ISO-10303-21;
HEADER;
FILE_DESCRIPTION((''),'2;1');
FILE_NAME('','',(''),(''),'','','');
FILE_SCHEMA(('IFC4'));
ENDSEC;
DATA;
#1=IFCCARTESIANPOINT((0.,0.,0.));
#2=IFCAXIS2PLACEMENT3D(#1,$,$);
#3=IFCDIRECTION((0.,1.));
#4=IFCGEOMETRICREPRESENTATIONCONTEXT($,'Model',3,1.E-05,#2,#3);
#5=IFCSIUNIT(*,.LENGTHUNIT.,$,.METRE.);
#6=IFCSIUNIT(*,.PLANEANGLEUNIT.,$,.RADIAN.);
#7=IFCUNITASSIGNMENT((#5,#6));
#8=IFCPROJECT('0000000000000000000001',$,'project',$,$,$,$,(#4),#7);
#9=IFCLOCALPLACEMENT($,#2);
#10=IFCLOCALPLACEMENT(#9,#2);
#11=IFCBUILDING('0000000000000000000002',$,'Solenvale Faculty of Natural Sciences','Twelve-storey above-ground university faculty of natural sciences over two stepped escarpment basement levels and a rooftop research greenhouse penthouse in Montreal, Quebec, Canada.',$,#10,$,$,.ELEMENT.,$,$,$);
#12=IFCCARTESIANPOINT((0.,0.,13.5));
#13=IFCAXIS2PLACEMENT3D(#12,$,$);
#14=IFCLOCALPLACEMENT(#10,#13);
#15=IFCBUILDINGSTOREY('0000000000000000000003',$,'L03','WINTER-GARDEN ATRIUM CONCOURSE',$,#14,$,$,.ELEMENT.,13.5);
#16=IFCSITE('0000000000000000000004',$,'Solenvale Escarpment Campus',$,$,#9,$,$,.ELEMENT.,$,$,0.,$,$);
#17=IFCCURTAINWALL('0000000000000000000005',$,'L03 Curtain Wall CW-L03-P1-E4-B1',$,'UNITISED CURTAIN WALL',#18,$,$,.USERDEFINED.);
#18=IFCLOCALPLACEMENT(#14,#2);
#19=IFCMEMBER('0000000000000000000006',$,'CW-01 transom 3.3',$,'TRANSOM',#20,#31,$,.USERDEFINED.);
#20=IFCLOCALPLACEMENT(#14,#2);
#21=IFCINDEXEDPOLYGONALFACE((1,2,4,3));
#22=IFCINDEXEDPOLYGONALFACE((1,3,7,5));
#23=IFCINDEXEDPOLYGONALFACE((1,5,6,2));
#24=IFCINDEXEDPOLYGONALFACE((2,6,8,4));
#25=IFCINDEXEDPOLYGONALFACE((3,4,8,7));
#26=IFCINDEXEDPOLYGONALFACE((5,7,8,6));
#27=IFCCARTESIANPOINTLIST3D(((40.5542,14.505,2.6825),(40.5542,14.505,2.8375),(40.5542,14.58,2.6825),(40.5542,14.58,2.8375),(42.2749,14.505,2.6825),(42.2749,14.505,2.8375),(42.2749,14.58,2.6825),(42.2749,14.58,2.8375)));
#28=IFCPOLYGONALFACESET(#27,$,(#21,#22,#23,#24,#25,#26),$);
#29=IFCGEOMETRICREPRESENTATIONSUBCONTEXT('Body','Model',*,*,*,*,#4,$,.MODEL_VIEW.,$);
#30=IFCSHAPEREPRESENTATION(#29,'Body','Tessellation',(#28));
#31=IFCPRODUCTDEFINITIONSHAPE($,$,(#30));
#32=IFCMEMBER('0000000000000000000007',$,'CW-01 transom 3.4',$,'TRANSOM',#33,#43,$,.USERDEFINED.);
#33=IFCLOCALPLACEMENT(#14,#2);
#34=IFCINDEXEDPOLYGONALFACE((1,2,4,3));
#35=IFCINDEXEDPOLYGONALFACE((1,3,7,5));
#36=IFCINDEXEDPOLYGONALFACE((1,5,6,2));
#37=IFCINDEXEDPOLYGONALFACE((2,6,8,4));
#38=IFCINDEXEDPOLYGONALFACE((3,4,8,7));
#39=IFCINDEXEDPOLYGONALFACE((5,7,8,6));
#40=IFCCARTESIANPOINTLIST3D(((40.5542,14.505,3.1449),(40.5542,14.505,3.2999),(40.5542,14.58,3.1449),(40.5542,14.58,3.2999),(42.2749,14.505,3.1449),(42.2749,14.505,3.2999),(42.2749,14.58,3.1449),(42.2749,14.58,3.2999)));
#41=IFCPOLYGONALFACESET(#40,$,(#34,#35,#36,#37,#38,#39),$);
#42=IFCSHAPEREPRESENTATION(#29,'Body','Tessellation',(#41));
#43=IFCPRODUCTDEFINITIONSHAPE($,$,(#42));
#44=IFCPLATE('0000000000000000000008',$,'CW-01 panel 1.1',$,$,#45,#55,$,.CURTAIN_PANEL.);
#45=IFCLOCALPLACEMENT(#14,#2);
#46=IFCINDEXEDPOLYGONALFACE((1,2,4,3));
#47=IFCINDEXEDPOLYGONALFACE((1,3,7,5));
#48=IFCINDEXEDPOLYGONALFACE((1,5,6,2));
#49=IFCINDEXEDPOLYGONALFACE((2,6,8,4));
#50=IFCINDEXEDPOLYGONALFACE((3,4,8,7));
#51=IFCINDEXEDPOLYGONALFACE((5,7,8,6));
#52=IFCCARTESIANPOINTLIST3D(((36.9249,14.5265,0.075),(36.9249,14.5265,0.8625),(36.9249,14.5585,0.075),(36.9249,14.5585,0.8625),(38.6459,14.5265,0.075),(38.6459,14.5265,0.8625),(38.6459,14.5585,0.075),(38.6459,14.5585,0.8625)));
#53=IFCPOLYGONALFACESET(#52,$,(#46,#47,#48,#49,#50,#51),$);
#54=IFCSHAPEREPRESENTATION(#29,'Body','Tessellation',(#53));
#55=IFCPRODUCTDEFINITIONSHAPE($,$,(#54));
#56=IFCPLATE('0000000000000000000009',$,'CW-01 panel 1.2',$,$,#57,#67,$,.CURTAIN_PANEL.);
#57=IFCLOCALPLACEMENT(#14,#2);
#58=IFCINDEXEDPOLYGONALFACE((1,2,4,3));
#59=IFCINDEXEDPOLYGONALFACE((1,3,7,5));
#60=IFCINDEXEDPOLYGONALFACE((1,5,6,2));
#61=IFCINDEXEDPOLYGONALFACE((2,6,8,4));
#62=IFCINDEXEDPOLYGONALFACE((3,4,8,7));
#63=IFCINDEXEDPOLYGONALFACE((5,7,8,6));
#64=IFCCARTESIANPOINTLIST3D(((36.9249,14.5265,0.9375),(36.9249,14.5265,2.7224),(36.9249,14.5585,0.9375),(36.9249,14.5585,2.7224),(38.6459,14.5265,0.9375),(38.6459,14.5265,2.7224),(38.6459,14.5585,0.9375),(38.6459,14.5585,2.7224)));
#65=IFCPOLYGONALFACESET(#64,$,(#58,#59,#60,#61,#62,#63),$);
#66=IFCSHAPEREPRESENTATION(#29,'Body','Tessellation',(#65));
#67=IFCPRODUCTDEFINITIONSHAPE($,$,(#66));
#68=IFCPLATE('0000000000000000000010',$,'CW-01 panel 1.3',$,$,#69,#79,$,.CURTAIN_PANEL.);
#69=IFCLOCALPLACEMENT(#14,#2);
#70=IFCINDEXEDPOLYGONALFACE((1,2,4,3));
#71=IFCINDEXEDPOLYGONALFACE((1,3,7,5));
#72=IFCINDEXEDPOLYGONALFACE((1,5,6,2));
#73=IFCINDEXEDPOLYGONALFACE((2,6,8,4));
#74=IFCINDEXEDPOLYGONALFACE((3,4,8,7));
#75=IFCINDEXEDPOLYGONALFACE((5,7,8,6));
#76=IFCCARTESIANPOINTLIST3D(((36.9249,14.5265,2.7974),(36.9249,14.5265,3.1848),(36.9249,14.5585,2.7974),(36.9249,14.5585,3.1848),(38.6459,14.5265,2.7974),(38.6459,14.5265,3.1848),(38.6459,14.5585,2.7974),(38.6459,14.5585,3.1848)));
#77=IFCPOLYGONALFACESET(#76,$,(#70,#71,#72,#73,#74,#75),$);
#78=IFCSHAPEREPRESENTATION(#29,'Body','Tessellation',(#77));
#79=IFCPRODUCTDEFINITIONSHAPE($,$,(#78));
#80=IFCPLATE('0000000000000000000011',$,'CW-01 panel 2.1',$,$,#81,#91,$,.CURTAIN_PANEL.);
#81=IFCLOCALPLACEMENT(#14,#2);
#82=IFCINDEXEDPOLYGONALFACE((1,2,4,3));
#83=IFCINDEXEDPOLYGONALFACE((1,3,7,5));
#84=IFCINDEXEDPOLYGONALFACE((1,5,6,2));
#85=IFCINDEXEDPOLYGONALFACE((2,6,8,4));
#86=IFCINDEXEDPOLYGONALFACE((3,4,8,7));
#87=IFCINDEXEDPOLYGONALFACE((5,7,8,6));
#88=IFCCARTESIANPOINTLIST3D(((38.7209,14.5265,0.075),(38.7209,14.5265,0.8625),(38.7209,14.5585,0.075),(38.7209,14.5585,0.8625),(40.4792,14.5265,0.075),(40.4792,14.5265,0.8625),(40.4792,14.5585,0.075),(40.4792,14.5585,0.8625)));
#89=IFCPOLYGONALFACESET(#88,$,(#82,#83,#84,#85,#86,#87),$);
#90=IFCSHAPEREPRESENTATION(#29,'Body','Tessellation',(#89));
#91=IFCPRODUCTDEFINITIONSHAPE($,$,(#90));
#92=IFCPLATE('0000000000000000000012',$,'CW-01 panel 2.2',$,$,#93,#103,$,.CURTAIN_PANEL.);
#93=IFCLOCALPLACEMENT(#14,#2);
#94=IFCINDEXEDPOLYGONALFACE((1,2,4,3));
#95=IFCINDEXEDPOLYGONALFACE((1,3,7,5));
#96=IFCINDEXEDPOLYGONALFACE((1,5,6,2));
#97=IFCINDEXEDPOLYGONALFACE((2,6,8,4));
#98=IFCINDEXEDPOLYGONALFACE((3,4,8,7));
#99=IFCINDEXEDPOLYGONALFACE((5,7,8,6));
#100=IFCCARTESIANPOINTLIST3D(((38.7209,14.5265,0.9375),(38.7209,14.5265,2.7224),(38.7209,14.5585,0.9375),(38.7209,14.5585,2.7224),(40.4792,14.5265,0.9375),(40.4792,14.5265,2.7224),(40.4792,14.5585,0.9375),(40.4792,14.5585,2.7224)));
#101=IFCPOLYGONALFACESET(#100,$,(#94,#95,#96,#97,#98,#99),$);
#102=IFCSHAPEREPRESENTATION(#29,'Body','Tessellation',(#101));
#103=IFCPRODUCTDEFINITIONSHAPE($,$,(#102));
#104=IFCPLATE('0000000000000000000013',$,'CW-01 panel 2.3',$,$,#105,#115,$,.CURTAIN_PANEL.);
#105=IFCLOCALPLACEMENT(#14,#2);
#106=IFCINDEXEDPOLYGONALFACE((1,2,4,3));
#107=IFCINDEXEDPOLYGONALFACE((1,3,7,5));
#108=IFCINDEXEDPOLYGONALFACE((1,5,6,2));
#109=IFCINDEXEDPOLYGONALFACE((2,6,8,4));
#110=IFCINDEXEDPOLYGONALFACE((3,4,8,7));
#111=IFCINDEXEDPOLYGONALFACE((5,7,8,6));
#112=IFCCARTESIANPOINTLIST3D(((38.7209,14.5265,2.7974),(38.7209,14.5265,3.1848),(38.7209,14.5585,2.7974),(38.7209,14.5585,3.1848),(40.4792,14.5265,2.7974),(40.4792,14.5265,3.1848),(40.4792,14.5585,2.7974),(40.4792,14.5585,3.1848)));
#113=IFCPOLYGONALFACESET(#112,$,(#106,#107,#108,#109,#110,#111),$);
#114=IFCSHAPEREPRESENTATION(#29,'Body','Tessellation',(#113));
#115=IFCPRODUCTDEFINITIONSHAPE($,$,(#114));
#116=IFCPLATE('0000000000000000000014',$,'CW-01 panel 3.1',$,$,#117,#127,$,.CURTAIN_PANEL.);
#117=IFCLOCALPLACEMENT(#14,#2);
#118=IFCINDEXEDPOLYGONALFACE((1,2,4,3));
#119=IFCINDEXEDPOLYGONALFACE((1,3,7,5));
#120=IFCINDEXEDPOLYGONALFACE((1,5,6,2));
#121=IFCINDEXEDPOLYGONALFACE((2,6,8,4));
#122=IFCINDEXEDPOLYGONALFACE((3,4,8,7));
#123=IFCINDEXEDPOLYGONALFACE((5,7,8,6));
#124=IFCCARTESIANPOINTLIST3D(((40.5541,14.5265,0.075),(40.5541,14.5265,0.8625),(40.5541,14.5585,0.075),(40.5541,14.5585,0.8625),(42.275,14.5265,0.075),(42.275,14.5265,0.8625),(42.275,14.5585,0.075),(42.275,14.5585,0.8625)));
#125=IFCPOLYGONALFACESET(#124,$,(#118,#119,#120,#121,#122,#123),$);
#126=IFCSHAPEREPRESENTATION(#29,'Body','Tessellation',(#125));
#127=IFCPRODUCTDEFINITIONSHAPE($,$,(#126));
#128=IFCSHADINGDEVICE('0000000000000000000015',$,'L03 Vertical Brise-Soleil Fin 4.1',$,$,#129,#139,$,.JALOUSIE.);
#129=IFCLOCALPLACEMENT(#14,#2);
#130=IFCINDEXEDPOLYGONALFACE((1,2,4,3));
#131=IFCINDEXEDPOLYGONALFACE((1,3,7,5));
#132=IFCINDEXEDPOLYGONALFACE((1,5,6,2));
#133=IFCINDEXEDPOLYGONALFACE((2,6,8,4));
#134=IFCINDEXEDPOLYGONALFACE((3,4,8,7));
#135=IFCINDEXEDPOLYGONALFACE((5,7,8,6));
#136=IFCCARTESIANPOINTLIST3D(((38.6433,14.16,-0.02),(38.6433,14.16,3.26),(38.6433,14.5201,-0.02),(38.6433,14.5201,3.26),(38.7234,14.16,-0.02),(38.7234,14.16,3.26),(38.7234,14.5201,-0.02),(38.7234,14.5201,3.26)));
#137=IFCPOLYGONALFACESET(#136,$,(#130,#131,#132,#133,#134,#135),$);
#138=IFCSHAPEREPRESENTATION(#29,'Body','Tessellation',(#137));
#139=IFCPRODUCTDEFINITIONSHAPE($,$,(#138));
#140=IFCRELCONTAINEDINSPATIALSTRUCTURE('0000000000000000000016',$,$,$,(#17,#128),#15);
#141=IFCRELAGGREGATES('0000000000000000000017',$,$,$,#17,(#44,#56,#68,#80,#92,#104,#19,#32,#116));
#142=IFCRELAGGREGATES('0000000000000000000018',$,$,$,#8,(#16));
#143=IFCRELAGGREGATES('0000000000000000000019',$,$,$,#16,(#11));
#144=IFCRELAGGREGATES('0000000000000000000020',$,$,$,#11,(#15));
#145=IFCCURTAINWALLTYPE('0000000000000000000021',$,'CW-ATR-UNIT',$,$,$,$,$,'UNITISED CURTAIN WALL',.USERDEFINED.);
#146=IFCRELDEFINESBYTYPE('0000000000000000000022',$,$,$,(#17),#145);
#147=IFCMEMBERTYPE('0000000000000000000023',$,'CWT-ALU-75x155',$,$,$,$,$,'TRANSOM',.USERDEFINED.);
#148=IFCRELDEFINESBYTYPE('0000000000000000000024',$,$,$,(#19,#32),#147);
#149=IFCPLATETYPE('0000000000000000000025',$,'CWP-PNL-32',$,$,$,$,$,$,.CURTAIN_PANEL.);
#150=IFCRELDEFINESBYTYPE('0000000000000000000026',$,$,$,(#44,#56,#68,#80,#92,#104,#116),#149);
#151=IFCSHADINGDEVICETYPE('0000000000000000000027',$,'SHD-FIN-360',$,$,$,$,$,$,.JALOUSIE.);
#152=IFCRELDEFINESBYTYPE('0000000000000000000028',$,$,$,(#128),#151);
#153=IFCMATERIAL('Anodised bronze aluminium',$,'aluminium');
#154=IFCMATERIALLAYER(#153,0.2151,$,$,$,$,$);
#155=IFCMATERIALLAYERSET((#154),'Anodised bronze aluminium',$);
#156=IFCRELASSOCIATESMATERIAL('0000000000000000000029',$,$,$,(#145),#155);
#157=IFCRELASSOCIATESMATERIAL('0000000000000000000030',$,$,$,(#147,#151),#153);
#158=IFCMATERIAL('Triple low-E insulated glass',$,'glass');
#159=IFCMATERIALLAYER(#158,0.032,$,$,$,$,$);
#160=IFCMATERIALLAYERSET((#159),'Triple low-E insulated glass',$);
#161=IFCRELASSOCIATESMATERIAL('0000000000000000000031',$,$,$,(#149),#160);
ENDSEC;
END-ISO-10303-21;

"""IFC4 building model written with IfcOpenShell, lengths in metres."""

from ifc_helpers import new_model, si_unit, direction, frame, origin, origin_2d, place, context, subcontext, project, spatial, rectangle, extrude, material, layer, layer_set, material_profile, profile_set, type_object, element, aggregate, save


model = new_model("IFC4")

# Units and contexts
model_context = context("Model", 3, precision=1e-05, world=origin(), true_north=direction((0.0, 1.0)))
body_context = subcontext(model_context, "Body", "Model", "MODEL_VIEW")
ifc_project = project(units=[si_unit("LENGTHUNIT", "METRE"), si_unit("PLANEANGLEUNIT", "RADIAN")], contexts=[model_context])

# Site, building, storey
site_placement = place(None, origin())
site = spatial("IfcSite", under=ifc_project, at=site_placement, Name="Solenvale Escarpment Campus", CompositionType="ELEMENT", RefElevation=0.0)
building_placement = place(site_placement, origin())
building = spatial("IfcBuilding", under=site, at=building_placement, Name="Solenvale Faculty of Natural Sciences", Description="Twelve-storey above-ground university faculty of natural sciences over two stepped escarpment basement levels and a rooftop research greenhouse penthouse in Montreal, Quebec, Canada.", CompositionType="ELEMENT")
storey_placement = place(building_placement, frame((0.0, 0.0, 13.5)))
storey = spatial("IfcBuildingStorey", under=building, at=storey_placement, Name="L03", Description="WINTER-GARDEN ATRIUM CONCOURSE", CompositionType="ELEMENT", Elevation=13.5)

# Curtain wall, members, plates
ifc_material_1 = material(Name="Anodised bronze aluminium", Category="aluminium")
ifc_layer_1 = layer(ifc_material_1, 0.2151)
ifc_layer_set_1 = layer_set([ifc_layer_1], Name="Anodised bronze aluminium")
curtain_wall_type = type_object("IfcCurtainWallType", Name="CW-ATR-UNIT", ElementType="UNITISED CURTAIN WALL", PredefinedType="USERDEFINED", material=ifc_layer_set_1)
curtain_wall_placement = place(storey_placement, origin())
curtain_wall = element("IfcCurtainWall", 1, at=curtain_wall_placement, inside=storey, type_object=curtain_wall_type, Name="L03 Curtain Wall CW-L03-P1-E4-B1", ObjectType="UNITISED CURTAIN WALL", PredefinedType="USERDEFINED")
ifc_material_profile_1 = material_profile(ifc_material_1, rectangle(XDim=0.075, YDim=0.155, at=origin_2d()), Name="ALU-TRN-75x155")
ifc_profile_set_1 = profile_set([ifc_material_profile_1], Name="Anodised bronze aluminium")
member_type_1 = type_object("IfcMemberType", Name="CWT-ALU-75x155", ElementType="TRANSOM", PredefinedType="USERDEFINED", material=ifc_profile_set_1)
member_1_placement = place(storey_placement, frame((40.5542, 14.5425, 2.76), z_axis=(1.0, 0.0, 0.0), x_axis=(0.0, 1.0, 0.0)))
member_1 = element("IfcMember", 2, at=member_1_placement, type_object=member_type_1, Name="CW-01 transom 3.3", ObjectType="TRANSOM", PredefinedType="USERDEFINED", context=body_context, shape_type="SweptSolid", body=[
    extrude(rectangle(XDim=0.075, YDim=0.155, at=origin_2d()), origin(), (0.0, 0.0, 1.0), 1.7207),
])
member_2_placement = place(storey_placement, frame((40.5542, 14.5425, 3.2224), z_axis=(1.0, 0.0, 0.0), x_axis=(0.0, 1.0, 0.0)))
member_2 = element("IfcMember", 3, at=member_2_placement, type_object=member_type_1, Name="CW-01 transom 3.4", ObjectType="TRANSOM", PredefinedType="USERDEFINED", context=body_context, shape_type="SweptSolid", body=[
    extrude(rectangle(XDim=0.075, YDim=0.155, at=origin_2d()), origin(), (0.0, 0.0, 1.0), 1.7207),
])
ifc_material_2 = material(Name="Triple low-E insulated glass", Category="glass")
ifc_layer_2 = layer(ifc_material_2, 0.032)
ifc_layer_set_2 = layer_set([ifc_layer_2], Name="Triple low-E insulated glass")
plate_type = type_object("IfcPlateType", Name="CWP-PNL-32", PredefinedType="CURTAIN_PANEL", material=ifc_layer_set_2)
plate_1_placement = place(storey_placement, frame((37.7854, 14.5425, 0.075), z_axis=(0.0, 0.0, 1.0), x_axis=(1.0, 0.0, 0.0)))
plate_1 = element("IfcPlate", 4, at=plate_1_placement, type_object=plate_type, Name="CW-01 panel 1.1", PredefinedType="CURTAIN_PANEL", context=body_context, shape_type="SweptSolid", body=[
    extrude(rectangle(XDim=1.7209, YDim=0.032, at=origin_2d()), origin(), (0.0, 0.0, 1.0), 0.7876),
])
plate_2_placement = place(storey_placement, frame((37.7854, 14.5425, 0.9375), z_axis=(0.0, 0.0, 1.0), x_axis=(1.0, 0.0, 0.0)))
plate_2 = element("IfcPlate", 5, at=plate_2_placement, type_object=plate_type, Name="CW-01 panel 1.2", PredefinedType="CURTAIN_PANEL", context=body_context, shape_type="SweptSolid", body=[
    extrude(rectangle(XDim=1.7209, YDim=0.032, at=origin_2d()), origin(), (0.0, 0.0, 1.0), 1.7849),
])
plate_3_placement = place(storey_placement, frame((37.7854, 14.5425, 2.7974), z_axis=(0.0, 0.0, 1.0), x_axis=(1.0, 0.0, 0.0)))
plate_3 = element("IfcPlate", 6, at=plate_3_placement, type_object=plate_type, Name="CW-01 panel 1.3", PredefinedType="CURTAIN_PANEL", context=body_context, shape_type="SweptSolid", body=[
    extrude(rectangle(XDim=1.7209, YDim=0.032, at=origin_2d()), origin(), (0.0, 0.0, 1.0), 0.3875),
])
plate_4_placement = place(storey_placement, frame((39.6001, 14.5425, 0.075), z_axis=(0.0, 0.0, 1.0), x_axis=(1.0, 0.0, 0.0)))
plate_4 = element("IfcPlate", 7, at=plate_4_placement, type_object=plate_type, Name="CW-01 panel 2.1", PredefinedType="CURTAIN_PANEL", context=body_context, shape_type="SweptSolid", body=[
    extrude(rectangle(XDim=1.7583, YDim=0.032, at=origin_2d()), origin(), (0.0, 0.0, 1.0), 0.7876),
])
plate_5_placement = place(storey_placement, frame((39.6001, 14.5425, 0.9375), z_axis=(0.0, 0.0, 1.0), x_axis=(1.0, 0.0, 0.0)))
plate_5 = element("IfcPlate", 8, at=plate_5_placement, type_object=plate_type, Name="CW-01 panel 2.2", PredefinedType="CURTAIN_PANEL", context=body_context, shape_type="SweptSolid", body=[
    extrude(rectangle(XDim=1.7583, YDim=0.032, at=origin_2d()), origin(), (0.0, 0.0, 1.0), 1.7849),
])
plate_6_placement = place(storey_placement, frame((39.6001, 14.5425, 2.7974), z_axis=(0.0, 0.0, 1.0), x_axis=(1.0, 0.0, 0.0)))
plate_6 = element("IfcPlate", 9, at=plate_6_placement, type_object=plate_type, Name="CW-01 panel 2.3", PredefinedType="CURTAIN_PANEL", context=body_context, shape_type="SweptSolid", body=[
    extrude(rectangle(XDim=1.7583, YDim=0.032, at=origin_2d()), origin(), (0.0, 0.0, 1.0), 0.3875),
])
plate_7_placement = place(storey_placement, frame((41.4146, 14.5425, 0.075), z_axis=(0.0, 0.0, 1.0), x_axis=(1.0, 0.0, 0.0)))
plate_7 = element("IfcPlate", 10, at=plate_7_placement, type_object=plate_type, Name="CW-01 panel 3.1", PredefinedType="CURTAIN_PANEL", context=body_context, shape_type="SweptSolid", body=[
    extrude(rectangle(XDim=1.7209, YDim=0.032, at=origin_2d()), origin(), (0.0, 0.0, 1.0), 0.7876),
])
aggregate(curtain_wall, [plate_1, plate_2, plate_3, plate_4, plate_5, plate_6, member_1, member_2, plate_7])

# Shading device
ifc_material_profile_2 = material_profile(ifc_material_1, rectangle(XDim=0.0801, YDim=0.3601, at=origin_2d()), Name="ALU-FIN-80x360")
ifc_profile_set_2 = profile_set([ifc_material_profile_2], Name="Anodised bronze aluminium")
shading_device_type = type_object("IfcShadingDeviceType", Name="SHD-FIN-360", PredefinedType="JALOUSIE", material=ifc_profile_set_2)
shading_device_placement = place(storey_placement, frame((38.6833, 14.3401, -0.02), z_axis=(0.0, 0.0, 1.0), x_axis=(1.0, 0.0, 0.0)))
element("IfcShadingDevice", 11, at=shading_device_placement, inside=storey, type_object=shading_device_type, Name="L03 Vertical Brise-Soleil Fin 4.1", PredefinedType="JALOUSIE", context=body_context, shape_type="SweptSolid", body=[
    extrude(rectangle(XDim=0.0801, YDim=0.3601, at=origin_2d()), origin(), (0.0, 0.0, 1.0), 3.28),
])

save(model, "model.ifc")
